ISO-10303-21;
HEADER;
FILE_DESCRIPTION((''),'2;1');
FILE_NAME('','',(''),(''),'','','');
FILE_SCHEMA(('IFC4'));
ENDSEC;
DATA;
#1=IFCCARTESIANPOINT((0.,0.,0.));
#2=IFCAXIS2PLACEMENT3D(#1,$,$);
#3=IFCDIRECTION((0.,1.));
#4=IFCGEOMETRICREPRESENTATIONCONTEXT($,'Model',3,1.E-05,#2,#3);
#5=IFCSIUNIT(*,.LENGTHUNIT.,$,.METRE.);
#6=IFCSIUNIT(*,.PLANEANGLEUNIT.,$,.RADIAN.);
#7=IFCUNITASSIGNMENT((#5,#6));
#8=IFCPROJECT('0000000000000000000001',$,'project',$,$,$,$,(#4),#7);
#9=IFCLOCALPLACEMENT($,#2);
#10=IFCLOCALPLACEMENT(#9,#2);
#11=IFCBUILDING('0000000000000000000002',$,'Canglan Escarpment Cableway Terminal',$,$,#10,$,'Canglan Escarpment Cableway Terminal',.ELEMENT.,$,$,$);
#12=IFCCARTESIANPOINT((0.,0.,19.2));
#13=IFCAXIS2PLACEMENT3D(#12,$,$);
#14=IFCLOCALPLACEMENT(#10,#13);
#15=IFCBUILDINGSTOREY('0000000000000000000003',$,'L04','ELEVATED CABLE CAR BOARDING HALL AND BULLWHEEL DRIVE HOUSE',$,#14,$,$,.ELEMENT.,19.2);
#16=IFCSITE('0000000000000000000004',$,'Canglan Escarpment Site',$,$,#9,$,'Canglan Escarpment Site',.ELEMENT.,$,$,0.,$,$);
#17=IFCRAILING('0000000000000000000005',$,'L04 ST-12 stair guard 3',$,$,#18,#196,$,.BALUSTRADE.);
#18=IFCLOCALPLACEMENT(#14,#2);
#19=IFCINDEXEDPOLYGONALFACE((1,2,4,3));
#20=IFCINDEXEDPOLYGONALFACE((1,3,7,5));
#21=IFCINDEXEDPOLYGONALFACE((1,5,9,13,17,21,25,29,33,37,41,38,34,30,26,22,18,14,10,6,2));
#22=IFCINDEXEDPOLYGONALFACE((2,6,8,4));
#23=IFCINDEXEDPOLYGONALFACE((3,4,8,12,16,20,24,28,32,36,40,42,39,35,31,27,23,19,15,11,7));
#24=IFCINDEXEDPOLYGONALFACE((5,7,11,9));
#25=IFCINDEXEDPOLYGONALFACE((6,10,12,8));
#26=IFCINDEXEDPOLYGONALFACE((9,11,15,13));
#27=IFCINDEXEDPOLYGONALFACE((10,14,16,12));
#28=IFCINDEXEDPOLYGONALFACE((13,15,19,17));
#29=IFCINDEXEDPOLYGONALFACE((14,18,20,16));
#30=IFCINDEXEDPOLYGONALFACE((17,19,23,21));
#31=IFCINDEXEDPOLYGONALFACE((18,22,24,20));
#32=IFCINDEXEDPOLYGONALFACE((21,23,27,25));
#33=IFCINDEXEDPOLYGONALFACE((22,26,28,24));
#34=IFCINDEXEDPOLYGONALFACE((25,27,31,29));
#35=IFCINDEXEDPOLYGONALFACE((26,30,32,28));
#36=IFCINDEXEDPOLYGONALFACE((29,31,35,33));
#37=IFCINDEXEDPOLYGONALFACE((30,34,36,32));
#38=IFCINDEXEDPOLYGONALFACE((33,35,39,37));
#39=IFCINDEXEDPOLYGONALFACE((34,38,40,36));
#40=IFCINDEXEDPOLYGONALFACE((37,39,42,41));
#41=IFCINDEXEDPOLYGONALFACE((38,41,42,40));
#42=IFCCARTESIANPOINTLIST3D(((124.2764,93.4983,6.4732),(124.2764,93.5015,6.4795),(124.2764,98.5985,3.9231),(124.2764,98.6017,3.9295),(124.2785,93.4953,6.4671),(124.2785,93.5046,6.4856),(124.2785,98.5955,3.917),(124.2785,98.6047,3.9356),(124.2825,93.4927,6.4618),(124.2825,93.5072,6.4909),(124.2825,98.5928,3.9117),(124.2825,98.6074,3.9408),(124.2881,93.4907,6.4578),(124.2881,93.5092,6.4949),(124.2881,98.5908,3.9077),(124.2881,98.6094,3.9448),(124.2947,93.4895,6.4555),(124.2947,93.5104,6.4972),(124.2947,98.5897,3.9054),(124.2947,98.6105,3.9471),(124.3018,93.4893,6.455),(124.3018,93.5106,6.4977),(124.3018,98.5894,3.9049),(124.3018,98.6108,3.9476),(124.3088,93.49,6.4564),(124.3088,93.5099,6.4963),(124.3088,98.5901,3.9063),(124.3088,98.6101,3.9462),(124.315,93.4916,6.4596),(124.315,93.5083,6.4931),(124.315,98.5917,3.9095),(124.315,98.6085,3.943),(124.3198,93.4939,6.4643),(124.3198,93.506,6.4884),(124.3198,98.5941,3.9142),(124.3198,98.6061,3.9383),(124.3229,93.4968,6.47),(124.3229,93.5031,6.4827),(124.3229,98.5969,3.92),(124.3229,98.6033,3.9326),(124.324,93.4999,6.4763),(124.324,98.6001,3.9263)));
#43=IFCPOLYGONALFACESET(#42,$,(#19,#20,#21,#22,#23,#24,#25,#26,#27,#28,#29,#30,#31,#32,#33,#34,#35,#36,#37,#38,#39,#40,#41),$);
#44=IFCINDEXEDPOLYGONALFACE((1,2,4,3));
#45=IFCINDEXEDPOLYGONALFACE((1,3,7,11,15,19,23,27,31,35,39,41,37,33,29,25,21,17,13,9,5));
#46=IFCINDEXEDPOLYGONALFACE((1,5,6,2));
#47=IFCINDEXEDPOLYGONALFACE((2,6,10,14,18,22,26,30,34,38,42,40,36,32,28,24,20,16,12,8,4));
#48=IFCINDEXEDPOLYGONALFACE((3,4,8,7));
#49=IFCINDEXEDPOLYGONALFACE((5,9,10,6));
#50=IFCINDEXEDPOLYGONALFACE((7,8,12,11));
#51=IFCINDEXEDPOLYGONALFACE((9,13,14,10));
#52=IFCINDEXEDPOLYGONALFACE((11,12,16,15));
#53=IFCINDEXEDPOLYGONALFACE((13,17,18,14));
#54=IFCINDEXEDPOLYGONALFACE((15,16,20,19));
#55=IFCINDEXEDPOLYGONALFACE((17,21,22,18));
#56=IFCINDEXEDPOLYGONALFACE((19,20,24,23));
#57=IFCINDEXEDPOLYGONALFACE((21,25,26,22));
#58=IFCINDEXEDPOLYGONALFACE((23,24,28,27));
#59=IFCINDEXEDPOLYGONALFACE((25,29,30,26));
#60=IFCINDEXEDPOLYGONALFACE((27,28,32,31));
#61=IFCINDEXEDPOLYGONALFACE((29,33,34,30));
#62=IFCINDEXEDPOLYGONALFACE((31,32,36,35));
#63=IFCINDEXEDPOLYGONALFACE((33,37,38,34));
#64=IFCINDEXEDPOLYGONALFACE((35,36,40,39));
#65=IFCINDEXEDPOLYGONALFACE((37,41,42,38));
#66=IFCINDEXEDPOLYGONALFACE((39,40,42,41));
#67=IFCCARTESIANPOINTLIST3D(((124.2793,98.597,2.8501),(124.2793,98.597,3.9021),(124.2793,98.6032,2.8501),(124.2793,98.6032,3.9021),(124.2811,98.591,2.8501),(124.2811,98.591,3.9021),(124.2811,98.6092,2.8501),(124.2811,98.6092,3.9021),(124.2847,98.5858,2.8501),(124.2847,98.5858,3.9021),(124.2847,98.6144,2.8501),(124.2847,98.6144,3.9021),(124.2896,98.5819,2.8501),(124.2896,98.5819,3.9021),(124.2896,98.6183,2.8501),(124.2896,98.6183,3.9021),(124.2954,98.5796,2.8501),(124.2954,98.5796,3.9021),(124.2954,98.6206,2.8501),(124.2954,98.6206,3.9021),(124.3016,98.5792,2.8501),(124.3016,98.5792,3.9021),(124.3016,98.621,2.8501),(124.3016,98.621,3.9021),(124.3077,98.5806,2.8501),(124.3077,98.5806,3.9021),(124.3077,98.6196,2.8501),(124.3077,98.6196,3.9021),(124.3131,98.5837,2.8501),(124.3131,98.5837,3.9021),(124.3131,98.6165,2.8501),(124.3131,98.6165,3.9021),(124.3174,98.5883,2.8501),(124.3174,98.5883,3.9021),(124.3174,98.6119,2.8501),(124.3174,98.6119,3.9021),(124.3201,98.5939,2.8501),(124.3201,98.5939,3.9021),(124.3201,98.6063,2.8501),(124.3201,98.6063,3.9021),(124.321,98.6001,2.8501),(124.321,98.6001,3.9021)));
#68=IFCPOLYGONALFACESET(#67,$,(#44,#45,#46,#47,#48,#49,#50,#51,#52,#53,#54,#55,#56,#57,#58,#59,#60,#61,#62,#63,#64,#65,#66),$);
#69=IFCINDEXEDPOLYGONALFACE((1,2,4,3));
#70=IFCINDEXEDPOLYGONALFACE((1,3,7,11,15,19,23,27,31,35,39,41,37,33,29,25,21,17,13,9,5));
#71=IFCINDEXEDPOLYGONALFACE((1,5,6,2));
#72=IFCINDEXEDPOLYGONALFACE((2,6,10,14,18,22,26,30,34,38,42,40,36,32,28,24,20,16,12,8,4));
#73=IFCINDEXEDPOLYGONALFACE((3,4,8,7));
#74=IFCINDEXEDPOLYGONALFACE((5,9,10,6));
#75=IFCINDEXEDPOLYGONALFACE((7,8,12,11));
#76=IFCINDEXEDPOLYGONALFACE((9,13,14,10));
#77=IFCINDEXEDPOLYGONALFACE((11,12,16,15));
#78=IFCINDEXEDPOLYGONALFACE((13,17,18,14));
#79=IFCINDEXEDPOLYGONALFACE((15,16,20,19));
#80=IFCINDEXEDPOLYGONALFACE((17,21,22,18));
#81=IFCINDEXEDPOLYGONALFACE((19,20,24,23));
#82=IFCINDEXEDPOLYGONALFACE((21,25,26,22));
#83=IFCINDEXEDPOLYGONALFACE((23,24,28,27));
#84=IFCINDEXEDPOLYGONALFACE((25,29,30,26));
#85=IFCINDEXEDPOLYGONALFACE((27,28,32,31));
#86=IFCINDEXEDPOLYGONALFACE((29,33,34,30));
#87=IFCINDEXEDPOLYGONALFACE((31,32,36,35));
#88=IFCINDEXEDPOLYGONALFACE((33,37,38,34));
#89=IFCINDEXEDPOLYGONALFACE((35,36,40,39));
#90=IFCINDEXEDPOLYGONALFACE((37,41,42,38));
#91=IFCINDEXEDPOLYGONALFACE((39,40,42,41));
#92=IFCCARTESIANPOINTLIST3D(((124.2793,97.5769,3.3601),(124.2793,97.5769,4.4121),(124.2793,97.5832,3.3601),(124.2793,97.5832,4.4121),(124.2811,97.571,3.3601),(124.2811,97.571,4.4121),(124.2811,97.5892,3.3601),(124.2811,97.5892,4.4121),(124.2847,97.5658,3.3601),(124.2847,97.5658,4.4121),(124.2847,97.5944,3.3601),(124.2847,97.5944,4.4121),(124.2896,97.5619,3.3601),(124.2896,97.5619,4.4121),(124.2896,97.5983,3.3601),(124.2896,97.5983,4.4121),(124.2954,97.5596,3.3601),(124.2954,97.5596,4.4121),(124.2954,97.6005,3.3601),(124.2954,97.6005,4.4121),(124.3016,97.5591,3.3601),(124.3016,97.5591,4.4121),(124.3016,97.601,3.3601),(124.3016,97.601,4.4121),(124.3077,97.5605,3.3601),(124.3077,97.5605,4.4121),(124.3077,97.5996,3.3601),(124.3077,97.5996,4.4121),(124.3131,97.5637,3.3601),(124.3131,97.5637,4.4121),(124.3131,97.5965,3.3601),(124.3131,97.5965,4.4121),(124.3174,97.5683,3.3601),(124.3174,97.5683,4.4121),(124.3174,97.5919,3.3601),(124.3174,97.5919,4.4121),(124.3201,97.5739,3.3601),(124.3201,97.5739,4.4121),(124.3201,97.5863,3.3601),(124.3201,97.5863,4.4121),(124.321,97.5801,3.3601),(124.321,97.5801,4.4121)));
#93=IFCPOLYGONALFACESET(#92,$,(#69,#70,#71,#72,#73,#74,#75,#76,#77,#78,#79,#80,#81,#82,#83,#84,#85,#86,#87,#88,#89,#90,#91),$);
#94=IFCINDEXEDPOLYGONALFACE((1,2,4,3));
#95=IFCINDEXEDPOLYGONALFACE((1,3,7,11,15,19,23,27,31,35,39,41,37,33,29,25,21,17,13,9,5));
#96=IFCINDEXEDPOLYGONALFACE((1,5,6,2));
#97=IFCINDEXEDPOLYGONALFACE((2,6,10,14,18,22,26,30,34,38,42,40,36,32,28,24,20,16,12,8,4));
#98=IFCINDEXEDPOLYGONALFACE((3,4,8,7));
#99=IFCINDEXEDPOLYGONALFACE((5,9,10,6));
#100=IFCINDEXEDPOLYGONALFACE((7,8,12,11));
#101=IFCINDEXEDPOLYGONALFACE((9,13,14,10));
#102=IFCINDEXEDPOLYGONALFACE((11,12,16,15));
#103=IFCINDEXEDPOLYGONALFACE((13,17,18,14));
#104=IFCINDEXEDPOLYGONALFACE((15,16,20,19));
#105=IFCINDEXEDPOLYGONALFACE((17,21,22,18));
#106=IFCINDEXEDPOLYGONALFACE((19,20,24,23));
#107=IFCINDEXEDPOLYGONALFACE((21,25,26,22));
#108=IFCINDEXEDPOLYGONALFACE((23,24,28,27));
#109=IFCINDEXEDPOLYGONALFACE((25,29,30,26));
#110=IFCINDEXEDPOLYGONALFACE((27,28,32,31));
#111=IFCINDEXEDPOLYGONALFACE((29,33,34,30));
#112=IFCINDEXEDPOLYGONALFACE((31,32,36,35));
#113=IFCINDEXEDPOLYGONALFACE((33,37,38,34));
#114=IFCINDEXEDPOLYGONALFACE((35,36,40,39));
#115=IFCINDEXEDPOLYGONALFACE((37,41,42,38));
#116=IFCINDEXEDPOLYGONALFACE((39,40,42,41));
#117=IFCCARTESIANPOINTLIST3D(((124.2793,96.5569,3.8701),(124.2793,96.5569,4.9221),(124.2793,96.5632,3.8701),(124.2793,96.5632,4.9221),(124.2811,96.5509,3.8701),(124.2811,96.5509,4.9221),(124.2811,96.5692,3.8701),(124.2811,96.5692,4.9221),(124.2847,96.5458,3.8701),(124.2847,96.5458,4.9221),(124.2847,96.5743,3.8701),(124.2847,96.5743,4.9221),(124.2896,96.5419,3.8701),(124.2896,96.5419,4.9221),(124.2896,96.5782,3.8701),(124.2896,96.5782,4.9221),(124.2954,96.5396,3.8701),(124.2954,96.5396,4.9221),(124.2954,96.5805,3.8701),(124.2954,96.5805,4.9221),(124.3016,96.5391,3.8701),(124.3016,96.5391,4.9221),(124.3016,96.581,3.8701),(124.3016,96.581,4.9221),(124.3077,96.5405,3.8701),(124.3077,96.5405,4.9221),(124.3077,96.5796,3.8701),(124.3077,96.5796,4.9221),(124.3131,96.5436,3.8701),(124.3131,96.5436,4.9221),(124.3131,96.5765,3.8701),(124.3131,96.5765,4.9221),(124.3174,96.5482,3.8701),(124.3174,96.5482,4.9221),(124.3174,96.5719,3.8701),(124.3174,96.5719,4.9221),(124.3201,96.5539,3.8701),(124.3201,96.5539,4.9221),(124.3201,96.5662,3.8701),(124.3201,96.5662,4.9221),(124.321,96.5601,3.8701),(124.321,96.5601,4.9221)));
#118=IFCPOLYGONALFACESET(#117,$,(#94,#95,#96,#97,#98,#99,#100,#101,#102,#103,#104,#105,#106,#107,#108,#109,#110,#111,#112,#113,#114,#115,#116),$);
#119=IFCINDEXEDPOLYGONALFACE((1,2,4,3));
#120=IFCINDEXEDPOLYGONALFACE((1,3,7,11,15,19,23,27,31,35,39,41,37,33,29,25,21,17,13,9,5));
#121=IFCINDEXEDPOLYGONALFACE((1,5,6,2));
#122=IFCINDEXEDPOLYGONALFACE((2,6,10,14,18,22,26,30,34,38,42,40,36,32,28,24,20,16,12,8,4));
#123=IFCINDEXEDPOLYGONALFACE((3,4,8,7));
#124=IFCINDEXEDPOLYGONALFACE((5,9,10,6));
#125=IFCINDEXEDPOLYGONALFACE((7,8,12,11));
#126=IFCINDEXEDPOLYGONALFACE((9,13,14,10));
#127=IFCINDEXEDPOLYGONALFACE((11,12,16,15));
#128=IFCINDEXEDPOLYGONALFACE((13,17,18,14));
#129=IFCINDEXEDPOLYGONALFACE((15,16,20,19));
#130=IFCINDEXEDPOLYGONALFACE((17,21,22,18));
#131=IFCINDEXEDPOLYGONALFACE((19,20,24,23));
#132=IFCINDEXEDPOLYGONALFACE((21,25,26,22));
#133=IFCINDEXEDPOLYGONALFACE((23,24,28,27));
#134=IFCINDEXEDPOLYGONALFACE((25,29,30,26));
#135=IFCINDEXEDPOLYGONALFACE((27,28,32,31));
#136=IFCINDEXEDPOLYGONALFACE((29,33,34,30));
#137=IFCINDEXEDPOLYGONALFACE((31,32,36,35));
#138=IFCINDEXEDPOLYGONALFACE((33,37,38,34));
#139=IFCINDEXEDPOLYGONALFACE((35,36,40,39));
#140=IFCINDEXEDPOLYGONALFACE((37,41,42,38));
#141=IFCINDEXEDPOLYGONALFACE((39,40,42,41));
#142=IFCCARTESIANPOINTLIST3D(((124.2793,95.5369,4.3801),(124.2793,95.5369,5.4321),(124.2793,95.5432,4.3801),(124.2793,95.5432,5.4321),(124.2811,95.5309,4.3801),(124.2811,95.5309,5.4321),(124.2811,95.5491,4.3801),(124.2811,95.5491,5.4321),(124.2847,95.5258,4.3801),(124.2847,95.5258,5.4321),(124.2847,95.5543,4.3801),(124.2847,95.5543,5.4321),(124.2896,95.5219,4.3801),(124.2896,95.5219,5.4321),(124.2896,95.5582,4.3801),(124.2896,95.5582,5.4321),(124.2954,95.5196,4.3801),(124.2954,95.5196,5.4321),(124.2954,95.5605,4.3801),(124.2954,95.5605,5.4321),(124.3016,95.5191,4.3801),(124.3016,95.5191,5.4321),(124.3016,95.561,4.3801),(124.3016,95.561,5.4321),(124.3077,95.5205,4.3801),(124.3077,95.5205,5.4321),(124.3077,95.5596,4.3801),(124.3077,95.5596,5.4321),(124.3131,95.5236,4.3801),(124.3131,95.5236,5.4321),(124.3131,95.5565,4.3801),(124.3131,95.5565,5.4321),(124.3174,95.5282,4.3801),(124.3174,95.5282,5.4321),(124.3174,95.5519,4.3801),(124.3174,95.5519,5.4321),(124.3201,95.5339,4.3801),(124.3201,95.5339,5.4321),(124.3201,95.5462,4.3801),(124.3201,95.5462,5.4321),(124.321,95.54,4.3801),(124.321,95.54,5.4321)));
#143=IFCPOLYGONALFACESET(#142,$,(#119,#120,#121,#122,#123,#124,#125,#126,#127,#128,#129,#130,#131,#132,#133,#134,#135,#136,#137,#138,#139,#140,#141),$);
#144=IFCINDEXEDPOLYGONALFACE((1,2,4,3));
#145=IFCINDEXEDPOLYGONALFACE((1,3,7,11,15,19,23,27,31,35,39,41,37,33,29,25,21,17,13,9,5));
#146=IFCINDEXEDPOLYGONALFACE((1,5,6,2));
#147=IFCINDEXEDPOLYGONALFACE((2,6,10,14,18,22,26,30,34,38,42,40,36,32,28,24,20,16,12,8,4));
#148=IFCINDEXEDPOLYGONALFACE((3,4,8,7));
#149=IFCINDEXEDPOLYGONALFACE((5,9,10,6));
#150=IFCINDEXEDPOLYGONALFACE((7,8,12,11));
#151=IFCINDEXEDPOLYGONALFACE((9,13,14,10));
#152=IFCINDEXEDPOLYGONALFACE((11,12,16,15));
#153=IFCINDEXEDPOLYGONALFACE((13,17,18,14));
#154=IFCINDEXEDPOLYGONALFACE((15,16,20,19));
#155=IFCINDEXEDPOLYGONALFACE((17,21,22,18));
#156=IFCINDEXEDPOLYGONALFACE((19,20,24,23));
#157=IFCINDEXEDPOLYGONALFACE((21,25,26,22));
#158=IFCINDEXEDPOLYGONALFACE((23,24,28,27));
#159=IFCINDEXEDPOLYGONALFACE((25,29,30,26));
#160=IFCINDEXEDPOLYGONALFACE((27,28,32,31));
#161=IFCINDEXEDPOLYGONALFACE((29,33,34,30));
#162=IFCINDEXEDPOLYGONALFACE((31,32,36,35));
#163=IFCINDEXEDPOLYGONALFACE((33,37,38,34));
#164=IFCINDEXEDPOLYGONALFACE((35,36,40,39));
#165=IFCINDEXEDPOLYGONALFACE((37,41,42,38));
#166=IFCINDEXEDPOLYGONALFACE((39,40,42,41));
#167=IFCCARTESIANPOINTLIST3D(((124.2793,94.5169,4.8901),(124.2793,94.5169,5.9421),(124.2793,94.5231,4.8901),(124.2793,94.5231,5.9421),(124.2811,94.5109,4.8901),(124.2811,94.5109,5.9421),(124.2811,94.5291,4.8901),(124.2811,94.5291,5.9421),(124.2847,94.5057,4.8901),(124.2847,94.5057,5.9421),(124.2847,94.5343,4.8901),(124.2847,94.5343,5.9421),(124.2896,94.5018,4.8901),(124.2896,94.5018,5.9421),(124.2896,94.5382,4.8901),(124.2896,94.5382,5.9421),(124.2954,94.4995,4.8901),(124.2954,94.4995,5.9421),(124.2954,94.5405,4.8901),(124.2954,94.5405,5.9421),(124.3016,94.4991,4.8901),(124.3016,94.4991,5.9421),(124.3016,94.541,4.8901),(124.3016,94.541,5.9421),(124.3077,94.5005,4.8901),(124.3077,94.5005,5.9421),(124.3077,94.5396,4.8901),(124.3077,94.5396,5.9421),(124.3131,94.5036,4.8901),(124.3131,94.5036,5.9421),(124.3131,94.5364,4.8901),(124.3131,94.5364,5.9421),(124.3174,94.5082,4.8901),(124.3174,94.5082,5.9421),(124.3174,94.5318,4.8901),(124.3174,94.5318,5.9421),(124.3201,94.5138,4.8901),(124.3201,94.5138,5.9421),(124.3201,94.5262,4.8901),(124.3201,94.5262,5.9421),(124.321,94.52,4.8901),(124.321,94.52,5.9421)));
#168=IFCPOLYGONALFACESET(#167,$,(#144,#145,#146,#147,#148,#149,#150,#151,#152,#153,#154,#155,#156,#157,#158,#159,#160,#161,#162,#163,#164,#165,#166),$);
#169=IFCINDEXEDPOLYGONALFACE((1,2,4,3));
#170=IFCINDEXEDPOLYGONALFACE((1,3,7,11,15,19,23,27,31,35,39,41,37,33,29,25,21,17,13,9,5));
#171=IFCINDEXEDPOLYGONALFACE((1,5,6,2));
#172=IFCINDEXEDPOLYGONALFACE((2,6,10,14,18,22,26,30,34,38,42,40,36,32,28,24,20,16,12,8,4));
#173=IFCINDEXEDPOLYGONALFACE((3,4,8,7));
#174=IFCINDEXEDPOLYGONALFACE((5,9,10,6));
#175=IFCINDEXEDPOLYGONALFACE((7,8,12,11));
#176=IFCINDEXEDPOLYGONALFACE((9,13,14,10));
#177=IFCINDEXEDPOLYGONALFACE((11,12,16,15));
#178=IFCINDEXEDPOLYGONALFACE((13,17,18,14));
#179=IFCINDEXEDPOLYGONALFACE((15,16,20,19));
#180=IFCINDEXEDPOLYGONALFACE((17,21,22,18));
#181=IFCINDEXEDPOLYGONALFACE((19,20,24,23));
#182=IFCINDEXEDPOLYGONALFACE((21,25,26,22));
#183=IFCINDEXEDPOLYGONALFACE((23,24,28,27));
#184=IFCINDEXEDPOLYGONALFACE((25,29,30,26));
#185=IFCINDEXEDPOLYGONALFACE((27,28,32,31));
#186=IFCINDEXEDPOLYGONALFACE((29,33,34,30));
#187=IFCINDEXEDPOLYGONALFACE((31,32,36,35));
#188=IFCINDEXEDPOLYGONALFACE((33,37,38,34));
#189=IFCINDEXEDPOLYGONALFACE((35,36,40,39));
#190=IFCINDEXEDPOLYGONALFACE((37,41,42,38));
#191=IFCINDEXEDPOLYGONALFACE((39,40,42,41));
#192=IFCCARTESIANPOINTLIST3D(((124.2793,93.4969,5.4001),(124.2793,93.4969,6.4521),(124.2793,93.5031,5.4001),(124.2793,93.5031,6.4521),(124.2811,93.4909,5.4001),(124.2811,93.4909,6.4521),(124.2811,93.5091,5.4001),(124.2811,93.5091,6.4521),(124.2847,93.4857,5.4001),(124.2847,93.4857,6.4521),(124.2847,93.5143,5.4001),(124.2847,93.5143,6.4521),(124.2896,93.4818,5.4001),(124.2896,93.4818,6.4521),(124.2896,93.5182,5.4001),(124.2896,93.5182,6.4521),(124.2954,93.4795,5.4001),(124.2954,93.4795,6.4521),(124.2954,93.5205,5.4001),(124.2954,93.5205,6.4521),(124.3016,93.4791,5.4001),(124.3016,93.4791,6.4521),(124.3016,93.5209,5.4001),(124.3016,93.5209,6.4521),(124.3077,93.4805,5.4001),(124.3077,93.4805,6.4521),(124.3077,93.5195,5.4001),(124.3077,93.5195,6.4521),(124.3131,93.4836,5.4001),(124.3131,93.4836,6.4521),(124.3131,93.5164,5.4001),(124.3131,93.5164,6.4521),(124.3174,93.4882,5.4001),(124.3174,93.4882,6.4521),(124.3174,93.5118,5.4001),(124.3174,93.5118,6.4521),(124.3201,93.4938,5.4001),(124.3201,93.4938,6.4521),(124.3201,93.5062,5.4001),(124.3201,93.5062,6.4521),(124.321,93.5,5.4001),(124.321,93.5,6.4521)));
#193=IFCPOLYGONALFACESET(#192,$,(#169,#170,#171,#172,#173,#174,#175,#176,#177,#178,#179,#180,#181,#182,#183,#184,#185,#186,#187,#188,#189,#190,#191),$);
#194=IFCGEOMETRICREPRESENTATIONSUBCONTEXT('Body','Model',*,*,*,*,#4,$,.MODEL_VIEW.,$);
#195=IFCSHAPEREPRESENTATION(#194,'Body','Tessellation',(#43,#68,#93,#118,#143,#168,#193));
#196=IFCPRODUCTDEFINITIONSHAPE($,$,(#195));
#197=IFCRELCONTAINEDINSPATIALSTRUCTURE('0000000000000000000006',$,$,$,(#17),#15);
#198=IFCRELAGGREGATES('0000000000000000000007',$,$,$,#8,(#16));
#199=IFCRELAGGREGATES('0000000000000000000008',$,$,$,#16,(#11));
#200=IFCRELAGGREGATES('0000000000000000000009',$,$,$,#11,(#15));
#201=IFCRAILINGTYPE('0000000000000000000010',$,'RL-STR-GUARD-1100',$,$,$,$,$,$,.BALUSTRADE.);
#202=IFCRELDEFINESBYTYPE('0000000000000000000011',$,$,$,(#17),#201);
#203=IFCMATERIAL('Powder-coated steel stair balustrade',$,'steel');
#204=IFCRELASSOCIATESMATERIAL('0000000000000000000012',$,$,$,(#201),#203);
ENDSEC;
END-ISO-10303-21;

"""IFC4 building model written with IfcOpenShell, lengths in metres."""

from ifc_helpers import new_model, si_unit, direction, frame, origin, origin_2d, place, context, subcontext, project, spatial, circle, extrude, material, type_object, element, save


model = new_model("IFC4")

# Units and contexts
model_context = context("Model", 3, precision=1e-05, world=origin(), true_north=direction((0.0, 1.0)))
body_context = subcontext(model_context, "Body", "Model", "MODEL_VIEW")
ifc_project = project(units=[si_unit("LENGTHUNIT", "METRE"), si_unit("PLANEANGLEUNIT", "RADIAN")], contexts=[model_context])

# Site, building, storey
site_placement = place(None, origin())
site = spatial("IfcSite", under=ifc_project, at=site_placement, Name="Canglan Escarpment Site", LongName="Canglan Escarpment Site", CompositionType="ELEMENT", RefElevation=0.0)
building_placement = place(site_placement, origin())
building = spatial("IfcBuilding", under=site, at=building_placement, Name="Canglan Escarpment Cableway Terminal", LongName="Canglan Escarpment Cableway Terminal", CompositionType="ELEMENT")
storey_placement = place(building_placement, frame((0.0, 0.0, 19.2)))
storey = spatial("IfcBuildingStorey", under=building, at=storey_placement, Name="L04", Description="ELEVATED CABLE CAR BOARDING HALL AND BULLWHEEL DRIVE HOUSE", CompositionType="ELEMENT", Elevation=19.2)

# Railing
ifc_material_1 = material(Name="Powder-coated steel stair balustrade", Category="steel")
railing_type_1 = type_object("IfcRailingType", Name="RL-STR-GUARD-1100", PredefinedType="BALUSTRADE", material=ifc_material_1)
railing_1_placement = place(storey_placement, frame((124.3, 98.6001, 2.8501)))
element("IfcRailing", 1, at=railing_1_placement, inside=storey, type_object=railing_type_1, Name="L04 ST-12 stair guard 3", PredefinedType="BALUSTRADE", context=body_context, shape_type="SweptSolid", body=[
    extrude(circle(Radius=0.0239, at=origin_2d()), frame((0.0, 0.0, 1.0762), z_axis=(0.0, -0.894427, 0.447214), x_axis=(1.0, 0.0, 0.0)), (0.0, 0.0, 1.0), 5.7021),
    extrude(circle(Radius=0.021, at=origin_2d()), origin(), (0.0, 0.0, 1.0), 1.052),
    extrude(circle(Radius=0.021, at=origin_2d()), frame((0.0, -1.02, 0.51)), (0.0, 0.0, 1.0), 1.052),
    extrude(circle(Radius=0.021, at=origin_2d()), frame((0.0, -2.04, 1.02)), (0.0, 0.0, 1.0), 1.052),
    extrude(circle(Radius=0.021, at=origin_2d()), frame((0.0, -3.0601, 1.53)), (0.0, 0.0, 1.0), 1.052),
    extrude(circle(Radius=0.021, at=origin_2d()), frame((0.0, -4.0801, 2.04)), (0.0, 0.0, 1.0), 1.052),
    extrude(circle(Radius=0.021, at=origin_2d()), frame((0.0, -5.1001, 2.55)), (0.0, 0.0, 1.0), 1.052),
])

save(model, "model.ifc")
